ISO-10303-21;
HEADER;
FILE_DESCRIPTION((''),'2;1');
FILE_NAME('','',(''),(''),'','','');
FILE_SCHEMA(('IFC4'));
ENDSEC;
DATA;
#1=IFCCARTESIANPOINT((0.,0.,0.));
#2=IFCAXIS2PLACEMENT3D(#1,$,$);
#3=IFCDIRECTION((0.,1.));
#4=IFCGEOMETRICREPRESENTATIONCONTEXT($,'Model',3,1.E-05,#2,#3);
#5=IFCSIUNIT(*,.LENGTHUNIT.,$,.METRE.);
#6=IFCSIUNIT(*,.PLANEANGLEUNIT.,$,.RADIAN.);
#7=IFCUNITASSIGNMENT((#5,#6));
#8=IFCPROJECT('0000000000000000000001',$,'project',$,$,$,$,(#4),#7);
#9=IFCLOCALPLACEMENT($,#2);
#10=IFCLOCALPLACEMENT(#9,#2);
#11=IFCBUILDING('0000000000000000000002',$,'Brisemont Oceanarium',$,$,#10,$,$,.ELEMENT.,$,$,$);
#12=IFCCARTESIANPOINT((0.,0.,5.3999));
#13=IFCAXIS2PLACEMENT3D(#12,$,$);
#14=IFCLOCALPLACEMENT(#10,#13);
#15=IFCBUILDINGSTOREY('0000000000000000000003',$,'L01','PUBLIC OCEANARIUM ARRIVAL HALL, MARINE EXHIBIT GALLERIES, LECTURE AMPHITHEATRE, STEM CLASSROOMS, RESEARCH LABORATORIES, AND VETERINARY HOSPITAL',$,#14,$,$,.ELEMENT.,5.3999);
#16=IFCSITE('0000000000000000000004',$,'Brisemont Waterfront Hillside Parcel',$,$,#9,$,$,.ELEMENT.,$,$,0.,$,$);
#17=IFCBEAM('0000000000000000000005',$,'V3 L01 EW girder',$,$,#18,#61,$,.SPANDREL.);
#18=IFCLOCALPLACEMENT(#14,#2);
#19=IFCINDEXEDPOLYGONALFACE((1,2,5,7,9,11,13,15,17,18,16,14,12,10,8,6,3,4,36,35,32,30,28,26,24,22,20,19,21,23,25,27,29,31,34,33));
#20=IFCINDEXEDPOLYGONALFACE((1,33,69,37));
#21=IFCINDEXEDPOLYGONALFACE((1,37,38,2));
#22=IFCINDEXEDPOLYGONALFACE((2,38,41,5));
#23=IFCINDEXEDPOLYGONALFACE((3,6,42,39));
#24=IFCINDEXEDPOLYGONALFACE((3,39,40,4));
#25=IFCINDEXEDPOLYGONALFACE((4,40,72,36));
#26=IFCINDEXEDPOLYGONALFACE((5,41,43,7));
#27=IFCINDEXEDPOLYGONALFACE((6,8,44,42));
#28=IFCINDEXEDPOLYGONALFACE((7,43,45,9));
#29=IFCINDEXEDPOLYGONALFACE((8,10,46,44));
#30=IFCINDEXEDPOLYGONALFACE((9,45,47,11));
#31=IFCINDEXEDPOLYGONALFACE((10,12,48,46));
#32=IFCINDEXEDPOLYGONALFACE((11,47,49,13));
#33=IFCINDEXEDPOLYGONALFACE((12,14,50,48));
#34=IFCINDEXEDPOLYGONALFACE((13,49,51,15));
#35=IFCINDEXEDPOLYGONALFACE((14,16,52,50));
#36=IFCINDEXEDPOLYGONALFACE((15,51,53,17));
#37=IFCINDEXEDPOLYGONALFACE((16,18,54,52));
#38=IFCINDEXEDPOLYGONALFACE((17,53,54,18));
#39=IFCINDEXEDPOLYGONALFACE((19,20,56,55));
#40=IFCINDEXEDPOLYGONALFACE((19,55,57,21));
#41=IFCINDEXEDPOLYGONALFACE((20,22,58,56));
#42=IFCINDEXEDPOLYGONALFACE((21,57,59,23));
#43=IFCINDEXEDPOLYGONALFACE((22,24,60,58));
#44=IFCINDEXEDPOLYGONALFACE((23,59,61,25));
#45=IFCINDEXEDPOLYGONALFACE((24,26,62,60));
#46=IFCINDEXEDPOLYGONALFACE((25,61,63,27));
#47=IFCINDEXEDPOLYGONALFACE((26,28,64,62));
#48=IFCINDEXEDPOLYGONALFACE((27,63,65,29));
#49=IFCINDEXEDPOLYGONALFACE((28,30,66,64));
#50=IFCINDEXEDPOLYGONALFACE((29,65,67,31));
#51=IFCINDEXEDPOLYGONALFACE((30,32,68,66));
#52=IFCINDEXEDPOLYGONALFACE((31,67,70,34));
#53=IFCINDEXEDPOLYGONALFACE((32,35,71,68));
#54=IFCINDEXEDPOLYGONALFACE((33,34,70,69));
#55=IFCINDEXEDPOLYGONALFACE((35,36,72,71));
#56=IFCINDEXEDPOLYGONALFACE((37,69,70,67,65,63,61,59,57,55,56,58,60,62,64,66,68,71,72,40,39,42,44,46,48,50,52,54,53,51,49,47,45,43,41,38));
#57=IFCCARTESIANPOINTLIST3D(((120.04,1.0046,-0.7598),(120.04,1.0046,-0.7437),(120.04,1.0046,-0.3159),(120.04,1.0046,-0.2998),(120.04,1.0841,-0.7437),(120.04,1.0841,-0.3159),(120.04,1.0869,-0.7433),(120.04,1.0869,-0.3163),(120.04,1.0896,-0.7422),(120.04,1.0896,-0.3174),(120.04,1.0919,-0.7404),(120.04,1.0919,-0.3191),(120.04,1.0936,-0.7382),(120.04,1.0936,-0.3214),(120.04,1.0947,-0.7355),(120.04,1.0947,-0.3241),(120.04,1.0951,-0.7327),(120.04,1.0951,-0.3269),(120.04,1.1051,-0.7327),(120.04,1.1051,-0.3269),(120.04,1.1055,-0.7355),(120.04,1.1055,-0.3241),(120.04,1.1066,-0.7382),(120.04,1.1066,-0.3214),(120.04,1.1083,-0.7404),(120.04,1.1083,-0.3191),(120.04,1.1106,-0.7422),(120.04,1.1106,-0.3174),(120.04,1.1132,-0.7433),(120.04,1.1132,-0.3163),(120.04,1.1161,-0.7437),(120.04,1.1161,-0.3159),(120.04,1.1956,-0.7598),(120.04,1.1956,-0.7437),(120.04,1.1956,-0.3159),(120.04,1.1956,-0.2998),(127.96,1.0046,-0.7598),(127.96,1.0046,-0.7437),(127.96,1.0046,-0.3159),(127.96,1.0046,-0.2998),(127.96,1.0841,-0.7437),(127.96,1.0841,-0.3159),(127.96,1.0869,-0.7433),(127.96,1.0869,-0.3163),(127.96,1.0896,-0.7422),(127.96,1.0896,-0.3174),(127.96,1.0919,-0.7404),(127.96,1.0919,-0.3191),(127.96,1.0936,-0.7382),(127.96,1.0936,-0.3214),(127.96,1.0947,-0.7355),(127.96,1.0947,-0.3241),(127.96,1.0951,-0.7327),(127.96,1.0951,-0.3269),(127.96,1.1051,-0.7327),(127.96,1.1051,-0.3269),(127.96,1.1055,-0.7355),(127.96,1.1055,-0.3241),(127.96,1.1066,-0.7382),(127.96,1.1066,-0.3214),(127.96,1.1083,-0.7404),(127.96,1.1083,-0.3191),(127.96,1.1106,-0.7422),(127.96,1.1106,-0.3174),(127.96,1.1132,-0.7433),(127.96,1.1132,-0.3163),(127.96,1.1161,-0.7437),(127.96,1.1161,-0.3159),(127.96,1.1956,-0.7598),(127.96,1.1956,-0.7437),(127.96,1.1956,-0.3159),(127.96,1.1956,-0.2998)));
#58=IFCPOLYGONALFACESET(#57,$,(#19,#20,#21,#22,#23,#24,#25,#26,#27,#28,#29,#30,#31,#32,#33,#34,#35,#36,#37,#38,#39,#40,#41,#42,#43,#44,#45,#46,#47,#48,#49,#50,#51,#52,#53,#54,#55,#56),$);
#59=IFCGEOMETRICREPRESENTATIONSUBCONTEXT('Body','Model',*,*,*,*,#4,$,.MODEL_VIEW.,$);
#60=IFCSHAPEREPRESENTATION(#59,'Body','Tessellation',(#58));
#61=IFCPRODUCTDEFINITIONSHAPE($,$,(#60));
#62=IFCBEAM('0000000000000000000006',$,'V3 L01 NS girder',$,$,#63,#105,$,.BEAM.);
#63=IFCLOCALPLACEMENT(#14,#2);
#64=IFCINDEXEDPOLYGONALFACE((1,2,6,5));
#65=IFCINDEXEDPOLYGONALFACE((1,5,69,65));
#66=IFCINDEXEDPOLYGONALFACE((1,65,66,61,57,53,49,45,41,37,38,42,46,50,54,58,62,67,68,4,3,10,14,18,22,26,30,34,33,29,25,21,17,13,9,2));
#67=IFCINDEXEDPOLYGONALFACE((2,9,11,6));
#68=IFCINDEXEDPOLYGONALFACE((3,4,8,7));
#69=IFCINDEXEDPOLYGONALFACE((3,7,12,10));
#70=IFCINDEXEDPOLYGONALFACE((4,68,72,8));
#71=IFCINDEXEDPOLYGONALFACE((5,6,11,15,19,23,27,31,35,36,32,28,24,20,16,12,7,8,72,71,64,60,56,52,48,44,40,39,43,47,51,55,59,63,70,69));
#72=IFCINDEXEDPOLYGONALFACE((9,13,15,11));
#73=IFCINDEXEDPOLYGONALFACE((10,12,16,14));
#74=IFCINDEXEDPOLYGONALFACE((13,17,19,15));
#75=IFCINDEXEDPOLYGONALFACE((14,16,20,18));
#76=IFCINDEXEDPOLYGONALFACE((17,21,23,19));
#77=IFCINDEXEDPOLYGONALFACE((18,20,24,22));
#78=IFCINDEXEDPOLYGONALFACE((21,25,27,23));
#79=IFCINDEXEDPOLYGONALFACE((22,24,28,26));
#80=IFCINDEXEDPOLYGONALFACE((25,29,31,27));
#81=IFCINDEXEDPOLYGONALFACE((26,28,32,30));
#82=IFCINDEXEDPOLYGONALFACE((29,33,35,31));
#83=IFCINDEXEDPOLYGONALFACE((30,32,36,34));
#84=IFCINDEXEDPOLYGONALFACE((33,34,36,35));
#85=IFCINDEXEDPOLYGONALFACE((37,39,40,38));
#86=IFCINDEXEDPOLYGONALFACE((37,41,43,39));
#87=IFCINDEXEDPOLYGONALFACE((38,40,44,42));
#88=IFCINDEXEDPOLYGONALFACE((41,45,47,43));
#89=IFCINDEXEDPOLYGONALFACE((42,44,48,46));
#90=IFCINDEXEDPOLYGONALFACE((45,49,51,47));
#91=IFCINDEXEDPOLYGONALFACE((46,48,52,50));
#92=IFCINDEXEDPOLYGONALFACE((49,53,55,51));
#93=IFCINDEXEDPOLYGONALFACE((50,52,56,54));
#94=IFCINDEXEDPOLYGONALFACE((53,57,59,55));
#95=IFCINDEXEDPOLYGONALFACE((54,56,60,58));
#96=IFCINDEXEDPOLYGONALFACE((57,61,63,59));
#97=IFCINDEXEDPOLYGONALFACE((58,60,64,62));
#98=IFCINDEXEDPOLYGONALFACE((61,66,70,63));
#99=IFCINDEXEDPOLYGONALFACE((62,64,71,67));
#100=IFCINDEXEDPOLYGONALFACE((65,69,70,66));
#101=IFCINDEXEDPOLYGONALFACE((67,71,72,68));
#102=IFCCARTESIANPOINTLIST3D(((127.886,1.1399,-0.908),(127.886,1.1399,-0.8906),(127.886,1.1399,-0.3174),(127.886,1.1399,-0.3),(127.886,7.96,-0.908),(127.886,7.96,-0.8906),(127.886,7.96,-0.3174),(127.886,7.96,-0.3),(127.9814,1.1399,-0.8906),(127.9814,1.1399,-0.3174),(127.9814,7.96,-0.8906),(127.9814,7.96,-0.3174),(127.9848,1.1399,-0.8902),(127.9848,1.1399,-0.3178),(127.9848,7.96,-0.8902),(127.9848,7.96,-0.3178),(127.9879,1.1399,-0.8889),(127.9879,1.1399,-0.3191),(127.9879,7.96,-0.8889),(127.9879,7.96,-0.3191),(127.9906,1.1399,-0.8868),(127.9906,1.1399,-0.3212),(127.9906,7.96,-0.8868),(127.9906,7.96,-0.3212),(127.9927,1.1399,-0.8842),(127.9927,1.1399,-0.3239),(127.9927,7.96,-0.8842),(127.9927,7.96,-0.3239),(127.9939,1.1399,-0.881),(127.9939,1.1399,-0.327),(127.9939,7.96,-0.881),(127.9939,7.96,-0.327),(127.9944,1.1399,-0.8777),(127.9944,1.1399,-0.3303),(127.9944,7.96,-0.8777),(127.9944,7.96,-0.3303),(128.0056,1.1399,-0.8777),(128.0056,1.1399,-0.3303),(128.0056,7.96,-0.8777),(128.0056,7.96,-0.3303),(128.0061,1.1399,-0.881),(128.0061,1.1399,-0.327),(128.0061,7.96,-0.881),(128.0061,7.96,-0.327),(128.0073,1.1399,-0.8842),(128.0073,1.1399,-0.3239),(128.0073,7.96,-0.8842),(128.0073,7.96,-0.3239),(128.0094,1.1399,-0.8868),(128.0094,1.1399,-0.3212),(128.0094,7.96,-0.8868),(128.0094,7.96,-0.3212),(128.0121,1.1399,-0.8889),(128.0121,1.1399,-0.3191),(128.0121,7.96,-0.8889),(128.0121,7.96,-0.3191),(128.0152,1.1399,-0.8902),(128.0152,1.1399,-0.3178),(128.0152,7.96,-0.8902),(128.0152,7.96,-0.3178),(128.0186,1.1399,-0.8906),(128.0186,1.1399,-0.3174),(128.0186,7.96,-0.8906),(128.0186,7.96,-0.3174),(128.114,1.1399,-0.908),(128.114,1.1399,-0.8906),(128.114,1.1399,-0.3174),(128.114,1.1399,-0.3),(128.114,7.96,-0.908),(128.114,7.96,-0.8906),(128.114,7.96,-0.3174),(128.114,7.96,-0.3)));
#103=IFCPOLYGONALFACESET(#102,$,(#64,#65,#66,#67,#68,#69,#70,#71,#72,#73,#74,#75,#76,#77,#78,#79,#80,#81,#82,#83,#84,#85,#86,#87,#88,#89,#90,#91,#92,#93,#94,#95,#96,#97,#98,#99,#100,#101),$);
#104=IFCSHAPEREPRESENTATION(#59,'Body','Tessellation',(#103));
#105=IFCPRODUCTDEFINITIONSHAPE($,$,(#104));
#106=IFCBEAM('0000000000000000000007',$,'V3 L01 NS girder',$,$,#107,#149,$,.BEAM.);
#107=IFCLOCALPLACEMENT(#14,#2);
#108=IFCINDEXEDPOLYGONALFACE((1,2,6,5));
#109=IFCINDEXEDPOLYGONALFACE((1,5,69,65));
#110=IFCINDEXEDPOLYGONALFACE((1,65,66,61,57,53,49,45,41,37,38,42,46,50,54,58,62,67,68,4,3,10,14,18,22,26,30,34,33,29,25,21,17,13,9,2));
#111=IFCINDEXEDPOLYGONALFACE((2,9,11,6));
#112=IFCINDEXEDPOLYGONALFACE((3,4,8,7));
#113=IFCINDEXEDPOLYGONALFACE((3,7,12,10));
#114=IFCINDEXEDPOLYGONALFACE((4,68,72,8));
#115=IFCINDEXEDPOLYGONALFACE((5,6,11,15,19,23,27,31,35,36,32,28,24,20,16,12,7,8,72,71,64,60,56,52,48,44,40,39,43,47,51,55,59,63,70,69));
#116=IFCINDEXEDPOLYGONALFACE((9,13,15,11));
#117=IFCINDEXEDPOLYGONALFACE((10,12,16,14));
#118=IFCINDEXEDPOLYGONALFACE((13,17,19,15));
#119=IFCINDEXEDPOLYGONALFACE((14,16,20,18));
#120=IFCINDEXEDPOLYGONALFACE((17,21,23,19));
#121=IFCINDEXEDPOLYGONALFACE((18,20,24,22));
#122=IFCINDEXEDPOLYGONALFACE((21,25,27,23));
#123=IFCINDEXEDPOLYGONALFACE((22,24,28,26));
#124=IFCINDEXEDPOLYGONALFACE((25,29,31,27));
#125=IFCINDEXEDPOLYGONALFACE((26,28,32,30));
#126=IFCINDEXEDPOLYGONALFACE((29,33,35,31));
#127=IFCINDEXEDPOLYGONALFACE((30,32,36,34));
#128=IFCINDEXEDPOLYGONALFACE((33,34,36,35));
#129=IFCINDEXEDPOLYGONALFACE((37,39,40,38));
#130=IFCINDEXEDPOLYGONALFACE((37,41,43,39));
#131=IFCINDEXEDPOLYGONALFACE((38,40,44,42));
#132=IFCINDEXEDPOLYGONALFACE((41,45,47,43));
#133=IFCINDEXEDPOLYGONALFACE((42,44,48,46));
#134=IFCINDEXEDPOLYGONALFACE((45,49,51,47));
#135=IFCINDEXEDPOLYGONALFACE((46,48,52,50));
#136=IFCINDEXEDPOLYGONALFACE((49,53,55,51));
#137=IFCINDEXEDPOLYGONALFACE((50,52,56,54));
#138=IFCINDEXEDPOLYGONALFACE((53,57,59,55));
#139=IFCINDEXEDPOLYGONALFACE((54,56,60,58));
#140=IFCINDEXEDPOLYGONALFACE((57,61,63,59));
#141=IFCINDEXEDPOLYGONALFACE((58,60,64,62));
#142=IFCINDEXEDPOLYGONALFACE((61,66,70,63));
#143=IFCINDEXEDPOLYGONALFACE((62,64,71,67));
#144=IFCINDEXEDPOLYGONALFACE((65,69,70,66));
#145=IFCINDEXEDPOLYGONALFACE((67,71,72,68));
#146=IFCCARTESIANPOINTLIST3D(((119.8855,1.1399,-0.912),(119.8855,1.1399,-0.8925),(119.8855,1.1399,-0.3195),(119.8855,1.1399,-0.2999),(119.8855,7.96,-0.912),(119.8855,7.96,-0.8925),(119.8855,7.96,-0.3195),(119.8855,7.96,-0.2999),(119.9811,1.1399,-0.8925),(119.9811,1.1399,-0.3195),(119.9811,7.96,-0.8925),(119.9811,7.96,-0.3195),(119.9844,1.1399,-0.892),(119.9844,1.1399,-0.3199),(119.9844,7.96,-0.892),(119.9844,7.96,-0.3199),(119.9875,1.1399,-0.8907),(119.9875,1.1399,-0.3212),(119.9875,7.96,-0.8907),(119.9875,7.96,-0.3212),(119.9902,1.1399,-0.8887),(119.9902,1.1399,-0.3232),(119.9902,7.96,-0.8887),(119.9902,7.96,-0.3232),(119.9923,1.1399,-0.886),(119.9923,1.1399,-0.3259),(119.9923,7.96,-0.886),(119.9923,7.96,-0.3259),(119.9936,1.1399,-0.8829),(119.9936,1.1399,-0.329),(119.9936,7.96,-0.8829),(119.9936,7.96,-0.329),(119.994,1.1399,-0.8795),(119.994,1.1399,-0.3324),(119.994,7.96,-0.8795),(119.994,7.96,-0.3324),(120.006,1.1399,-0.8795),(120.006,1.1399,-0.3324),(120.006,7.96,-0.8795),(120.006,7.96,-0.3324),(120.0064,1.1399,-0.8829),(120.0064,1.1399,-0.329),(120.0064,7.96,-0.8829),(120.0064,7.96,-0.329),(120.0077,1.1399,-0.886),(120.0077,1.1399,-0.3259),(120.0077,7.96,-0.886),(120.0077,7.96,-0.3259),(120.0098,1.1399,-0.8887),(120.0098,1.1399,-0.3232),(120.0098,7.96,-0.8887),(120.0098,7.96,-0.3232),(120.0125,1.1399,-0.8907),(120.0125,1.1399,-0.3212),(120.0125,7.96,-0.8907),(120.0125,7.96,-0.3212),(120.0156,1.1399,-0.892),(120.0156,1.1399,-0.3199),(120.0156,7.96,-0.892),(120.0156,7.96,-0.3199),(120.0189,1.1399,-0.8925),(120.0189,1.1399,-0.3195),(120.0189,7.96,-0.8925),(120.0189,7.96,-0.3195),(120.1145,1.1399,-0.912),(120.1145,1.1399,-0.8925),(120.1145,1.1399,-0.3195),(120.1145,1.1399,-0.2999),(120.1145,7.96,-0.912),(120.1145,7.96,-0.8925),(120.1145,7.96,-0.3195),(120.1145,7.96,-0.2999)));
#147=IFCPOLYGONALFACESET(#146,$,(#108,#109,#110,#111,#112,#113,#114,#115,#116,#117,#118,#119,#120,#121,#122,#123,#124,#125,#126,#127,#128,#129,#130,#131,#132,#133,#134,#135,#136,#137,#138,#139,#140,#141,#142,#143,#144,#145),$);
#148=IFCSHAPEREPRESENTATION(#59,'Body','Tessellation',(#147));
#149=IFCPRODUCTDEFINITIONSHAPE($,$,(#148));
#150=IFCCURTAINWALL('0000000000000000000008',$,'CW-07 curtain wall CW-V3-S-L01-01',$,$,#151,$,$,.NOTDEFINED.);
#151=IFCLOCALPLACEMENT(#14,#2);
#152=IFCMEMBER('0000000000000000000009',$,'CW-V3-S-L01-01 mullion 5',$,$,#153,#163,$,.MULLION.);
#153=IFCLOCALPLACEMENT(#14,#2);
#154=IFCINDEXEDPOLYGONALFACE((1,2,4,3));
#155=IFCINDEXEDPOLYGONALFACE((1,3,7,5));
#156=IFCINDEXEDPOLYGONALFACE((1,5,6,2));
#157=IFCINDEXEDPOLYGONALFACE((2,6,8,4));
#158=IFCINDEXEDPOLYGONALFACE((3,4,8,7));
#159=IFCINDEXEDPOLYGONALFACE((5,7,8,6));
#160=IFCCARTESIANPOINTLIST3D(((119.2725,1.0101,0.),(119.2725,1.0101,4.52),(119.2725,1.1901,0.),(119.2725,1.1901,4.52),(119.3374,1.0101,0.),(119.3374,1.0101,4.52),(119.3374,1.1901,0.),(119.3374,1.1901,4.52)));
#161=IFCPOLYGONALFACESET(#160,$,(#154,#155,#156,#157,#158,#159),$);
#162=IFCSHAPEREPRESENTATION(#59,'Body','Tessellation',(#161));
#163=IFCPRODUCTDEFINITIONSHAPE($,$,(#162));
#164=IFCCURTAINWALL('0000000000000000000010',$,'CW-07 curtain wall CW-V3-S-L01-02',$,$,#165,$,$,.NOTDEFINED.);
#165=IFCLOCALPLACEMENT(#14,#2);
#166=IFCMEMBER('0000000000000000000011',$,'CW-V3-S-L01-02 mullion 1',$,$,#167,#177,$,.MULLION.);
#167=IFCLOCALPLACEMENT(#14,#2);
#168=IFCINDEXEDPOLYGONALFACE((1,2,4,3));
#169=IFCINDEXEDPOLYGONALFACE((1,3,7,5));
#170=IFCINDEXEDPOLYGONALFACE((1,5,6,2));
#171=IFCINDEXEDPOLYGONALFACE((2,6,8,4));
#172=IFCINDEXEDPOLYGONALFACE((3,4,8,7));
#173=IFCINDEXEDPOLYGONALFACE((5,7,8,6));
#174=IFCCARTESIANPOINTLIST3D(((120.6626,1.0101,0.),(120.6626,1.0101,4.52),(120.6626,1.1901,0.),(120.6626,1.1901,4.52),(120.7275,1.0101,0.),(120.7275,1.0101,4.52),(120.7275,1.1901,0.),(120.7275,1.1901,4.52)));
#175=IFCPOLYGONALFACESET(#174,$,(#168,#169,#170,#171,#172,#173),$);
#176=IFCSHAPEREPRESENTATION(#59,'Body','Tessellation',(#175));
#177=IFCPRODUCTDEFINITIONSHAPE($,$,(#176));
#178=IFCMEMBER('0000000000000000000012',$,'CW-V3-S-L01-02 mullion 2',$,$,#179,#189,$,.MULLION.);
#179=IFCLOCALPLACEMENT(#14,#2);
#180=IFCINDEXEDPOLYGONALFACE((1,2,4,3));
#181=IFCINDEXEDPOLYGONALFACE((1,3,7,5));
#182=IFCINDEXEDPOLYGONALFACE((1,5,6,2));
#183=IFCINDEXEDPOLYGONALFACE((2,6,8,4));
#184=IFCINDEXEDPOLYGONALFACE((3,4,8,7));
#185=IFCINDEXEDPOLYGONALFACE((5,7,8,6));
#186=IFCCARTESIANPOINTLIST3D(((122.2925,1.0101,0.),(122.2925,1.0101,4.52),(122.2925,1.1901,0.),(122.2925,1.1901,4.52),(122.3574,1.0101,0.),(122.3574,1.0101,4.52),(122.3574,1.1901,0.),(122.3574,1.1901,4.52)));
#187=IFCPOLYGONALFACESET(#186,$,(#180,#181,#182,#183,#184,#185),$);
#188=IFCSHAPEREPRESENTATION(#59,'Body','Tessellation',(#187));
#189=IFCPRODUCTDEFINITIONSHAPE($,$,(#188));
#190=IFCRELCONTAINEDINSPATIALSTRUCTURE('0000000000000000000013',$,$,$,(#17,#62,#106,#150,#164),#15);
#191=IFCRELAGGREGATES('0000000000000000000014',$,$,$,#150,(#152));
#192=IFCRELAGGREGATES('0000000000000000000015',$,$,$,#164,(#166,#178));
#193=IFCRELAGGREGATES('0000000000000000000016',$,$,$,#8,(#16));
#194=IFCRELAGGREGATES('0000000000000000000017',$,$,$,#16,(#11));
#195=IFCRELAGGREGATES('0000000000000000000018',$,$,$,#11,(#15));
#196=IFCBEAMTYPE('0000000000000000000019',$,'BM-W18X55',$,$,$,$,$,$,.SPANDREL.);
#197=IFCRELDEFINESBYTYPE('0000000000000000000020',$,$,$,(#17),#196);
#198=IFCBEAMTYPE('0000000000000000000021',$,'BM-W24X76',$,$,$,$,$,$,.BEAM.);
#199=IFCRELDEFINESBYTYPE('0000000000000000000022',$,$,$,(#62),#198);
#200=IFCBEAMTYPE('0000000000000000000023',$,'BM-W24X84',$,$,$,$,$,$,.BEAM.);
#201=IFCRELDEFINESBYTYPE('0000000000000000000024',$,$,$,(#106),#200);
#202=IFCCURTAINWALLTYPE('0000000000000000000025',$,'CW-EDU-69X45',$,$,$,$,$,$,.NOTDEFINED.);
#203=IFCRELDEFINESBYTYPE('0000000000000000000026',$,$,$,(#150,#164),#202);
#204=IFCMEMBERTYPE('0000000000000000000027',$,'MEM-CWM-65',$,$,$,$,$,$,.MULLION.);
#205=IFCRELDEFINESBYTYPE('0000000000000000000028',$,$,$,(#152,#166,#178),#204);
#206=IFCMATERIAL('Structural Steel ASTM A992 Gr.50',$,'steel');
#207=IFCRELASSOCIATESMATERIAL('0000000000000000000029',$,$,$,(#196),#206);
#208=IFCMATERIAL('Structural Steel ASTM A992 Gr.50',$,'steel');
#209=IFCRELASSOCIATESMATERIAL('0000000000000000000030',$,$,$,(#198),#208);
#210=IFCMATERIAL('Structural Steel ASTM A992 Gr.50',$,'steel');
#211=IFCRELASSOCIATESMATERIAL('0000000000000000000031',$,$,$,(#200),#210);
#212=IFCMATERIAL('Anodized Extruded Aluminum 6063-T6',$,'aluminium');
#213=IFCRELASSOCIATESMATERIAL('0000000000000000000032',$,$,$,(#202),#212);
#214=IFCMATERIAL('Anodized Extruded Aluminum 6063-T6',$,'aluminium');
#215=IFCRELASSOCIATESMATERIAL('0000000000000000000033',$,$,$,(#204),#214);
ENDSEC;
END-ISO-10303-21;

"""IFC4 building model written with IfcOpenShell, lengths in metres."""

from ifc_helpers import new_model, si_unit, direction, frame, origin, origin_2d, place, context, subcontext, project, spatial, rectangle, i_section, extrude, material, material_profile, profile_set, type_object, element, aggregate, save


model = new_model("IFC4")

# Units and contexts
model_context = context("Model", 3, precision=1e-05, world=origin(), true_north=direction((0.0, 1.0)))
body_context = subcontext(model_context, "Body", "Model", "MODEL_VIEW")
ifc_project = project(units=[si_unit("LENGTHUNIT", "METRE"), si_unit("PLANEANGLEUNIT", "RADIAN")], contexts=[model_context])

# Site, building, storey
site_placement = place(None, origin())
site = spatial("IfcSite", under=ifc_project, at=site_placement, Name="Brisemont Waterfront Hillside Parcel", CompositionType="ELEMENT", RefElevation=0.0)
building_placement = place(site_placement, origin())
building = spatial("IfcBuilding", under=site, at=building_placement, Name="Brisemont Oceanarium", CompositionType="ELEMENT")
storey_placement = place(building_placement, frame((0.0, 0.0, 5.3999)))
storey = spatial("IfcBuildingStorey", under=building, at=storey_placement, Name="L01", Description="PUBLIC OCEANARIUM ARRIVAL HALL, MARINE EXHIBIT GALLERIES, LECTURE AMPHITHEATRE, STEM CLASSROOMS, RESEARCH LABORATORIES, AND VETERINARY HOSPITAL", CompositionType="ELEMENT", Elevation=5.3999)

# Beams
ifc_material_1 = material(Name="Structural Steel ASTM A992 Gr.50", Category="steel")
ifc_material_profile_1 = material_profile(ifc_material_1, i_section(OverallWidth=0.1909, OverallDepth=0.46, WebThickness=0.01, FlangeThickness=0.0161, FilletRadius=0.011, at=origin_2d()), Name="W18X55")
ifc_profile_set_1 = profile_set([ifc_material_profile_1], Name="Structural Steel ASTM A992 Gr.50")
beam_type_1 = type_object("IfcBeamType", Name="BM-W18X55", PredefinedType="SPANDREL", material=ifc_profile_set_1)
beam_1_placement = place(storey_placement, frame((120.04, 1.1001, -0.5298), z_axis=(1.0, 0.0, 0.0), x_axis=(0.0, 1.0, 0.0)))
element("IfcBeam", 1, at=beam_1_placement, inside=storey, type_object=beam_type_1, Name="V3 L01 EW girder", PredefinedType="SPANDREL", context=body_context, shape_type="SweptSolid", body=[
    extrude(i_section(OverallWidth=0.1909, OverallDepth=0.46, WebThickness=0.01, FlangeThickness=0.0161, FilletRadius=0.011, at=origin_2d()), origin(), (0.0, 0.0, 1.0), 7.9199),
])
ifc_material_2 = material(Name="Structural Steel ASTM A992 Gr.50", Category="steel")
ifc_material_profile_2 = material_profile(ifc_material_2, i_section(OverallWidth=0.228, OverallDepth=0.6079, WebThickness=0.0112, FlangeThickness=0.0173, FilletRadius=0.0129, at=origin_2d()), Name="W24X76")
ifc_profile_set_2 = profile_set([ifc_material_profile_2], Name="Structural Steel ASTM A992 Gr.50")
beam_type_2 = type_object("IfcBeamType", Name="BM-W24X76", PredefinedType="BEAM", material=ifc_profile_set_2)
beam_2_placement = place(storey_placement, frame((128.0, 1.1399, -0.604), z_axis=(0.0, 1.0, 0.0), x_axis=(-1.0, 0.0, 0.0)))
element("IfcBeam", 2, at=beam_2_placement, inside=storey, type_object=beam_type_2, Name="V3 L01 NS girder", PredefinedType="BEAM", context=body_context, shape_type="SweptSolid", body=[
    extrude(i_section(OverallWidth=0.228, OverallDepth=0.6079, WebThickness=0.0112, FlangeThickness=0.0173, FilletRadius=0.0129, at=origin_2d()), origin(), (0.0, 0.0, 1.0), 6.8201),
])
ifc_material_3 = material(Name="Structural Steel ASTM A992 Gr.50", Category="steel")
ifc_material_profile_3 = material_profile(ifc_material_3, i_section(OverallWidth=0.229, OverallDepth=0.6121, WebThickness=0.012, FlangeThickness=0.0195, FilletRadius=0.0129, at=origin_2d()), Name="W24X84")
ifc_profile_set_3 = profile_set([ifc_material_profile_3], Name="Structural Steel ASTM A992 Gr.50")
beam_type_3 = type_object("IfcBeamType", Name="BM-W24X84", PredefinedType="BEAM", material=ifc_profile_set_3)
beam_3_placement = place(storey_placement, frame((120.0, 1.1399, -0.606), z_axis=(0.0, 1.0, 0.0), x_axis=(-1.0, 0.0, 0.0)))
element("IfcBeam", 3, at=beam_3_placement, inside=storey, type_object=beam_type_3, Name="V3 L01 NS girder", PredefinedType="BEAM", context=body_context, shape_type="SweptSolid", body=[
    extrude(i_section(OverallWidth=0.229, OverallDepth=0.6121, WebThickness=0.012, FlangeThickness=0.0195, FilletRadius=0.0129, at=origin_2d()), origin(), (0.0, 0.0, 1.0), 6.8201),
])

# Curtain wall, member
ifc_material_4 = material(Name="Anodized Extruded Aluminum 6063-T6", Category="aluminium")
curtain_wall_type = type_object("IfcCurtainWallType", Name="CW-EDU-69X45", PredefinedType="NOTDEFINED", material=ifc_material_4)
curtain_wall_1_placement = place(storey_placement, origin())
curtain_wall_1 = element("IfcCurtainWall", 4, at=curtain_wall_1_placement, inside=storey, type_object=curtain_wall_type, Name="CW-07 curtain wall CW-V3-S-L01-01", PredefinedType="NOTDEFINED")
ifc_material_5 = material(Name="Anodized Extruded Aluminum 6063-T6", Category="aluminium")
ifc_material_profile_4 = material_profile(ifc_material_5, rectangle(XDim=0.0649, YDim=0.1799, at=origin_2d()), Name="CWM-65X180")
ifc_profile_set_4 = profile_set([ifc_material_profile_4], Name="Anodized Extruded Aluminum 6063-T6")
member_type_1 = type_object("IfcMemberType", Name="MEM-CWM-65", PredefinedType="MULLION", material=ifc_profile_set_4)
member_1_placement = place(storey_placement, frame((119.3049, 1.1001, 0.0), z_axis=(0.0, 0.0, 1.0), x_axis=(1.0, 0.0, 0.0)))
member_1 = element("IfcMember", 5, at=member_1_placement, type_object=member_type_1, Name="CW-V3-S-L01-01 mullion 5", PredefinedType="MULLION", context=body_context, shape_type="SweptSolid", body=[
    extrude(rectangle(XDim=0.0649, YDim=0.1799, at=origin_2d()), origin(), (0.0, 0.0, 1.0), 4.52),
])

# Curtain wall, members
curtain_wall_2_placement = place(storey_placement, origin())
curtain_wall_2 = element("IfcCurtainWall", 6, at=curtain_wall_2_placement, inside=storey, type_object=curtain_wall_type, Name="CW-07 curtain wall CW-V3-S-L01-02", PredefinedType="NOTDEFINED")
member_2_placement = place(storey_placement, frame((120.6951, 1.1001, 0.0), z_axis=(0.0, 0.0, 1.0), x_axis=(1.0, 0.0, 0.0)))
member_2 = element("IfcMember", 7, at=member_2_placement, type_object=member_type_1, Name="CW-V3-S-L01-02 mullion 1", PredefinedType="MULLION", context=body_context, shape_type="SweptSolid", body=[
    extrude(rectangle(XDim=0.0649, YDim=0.1799, at=origin_2d()), origin(), (0.0, 0.0, 1.0), 4.52),
])
member_3_placement = place(storey_placement, frame((122.325, 1.1001, 0.0), z_axis=(0.0, 0.0, 1.0), x_axis=(1.0, 0.0, 0.0)))
member_3 = element("IfcMember", 8, at=member_3_placement, type_object=member_type_1, Name="CW-V3-S-L01-02 mullion 2", PredefinedType="MULLION", context=body_context, shape_type="SweptSolid", body=[
    extrude(rectangle(XDim=0.0649, YDim=0.1799, at=origin_2d()), origin(), (0.0, 0.0, 1.0), 4.52),
])

aggregate(curtain_wall_1, [member_1])
aggregate(curtain_wall_2, [member_2, member_3])

save(model, "model.ifc")
